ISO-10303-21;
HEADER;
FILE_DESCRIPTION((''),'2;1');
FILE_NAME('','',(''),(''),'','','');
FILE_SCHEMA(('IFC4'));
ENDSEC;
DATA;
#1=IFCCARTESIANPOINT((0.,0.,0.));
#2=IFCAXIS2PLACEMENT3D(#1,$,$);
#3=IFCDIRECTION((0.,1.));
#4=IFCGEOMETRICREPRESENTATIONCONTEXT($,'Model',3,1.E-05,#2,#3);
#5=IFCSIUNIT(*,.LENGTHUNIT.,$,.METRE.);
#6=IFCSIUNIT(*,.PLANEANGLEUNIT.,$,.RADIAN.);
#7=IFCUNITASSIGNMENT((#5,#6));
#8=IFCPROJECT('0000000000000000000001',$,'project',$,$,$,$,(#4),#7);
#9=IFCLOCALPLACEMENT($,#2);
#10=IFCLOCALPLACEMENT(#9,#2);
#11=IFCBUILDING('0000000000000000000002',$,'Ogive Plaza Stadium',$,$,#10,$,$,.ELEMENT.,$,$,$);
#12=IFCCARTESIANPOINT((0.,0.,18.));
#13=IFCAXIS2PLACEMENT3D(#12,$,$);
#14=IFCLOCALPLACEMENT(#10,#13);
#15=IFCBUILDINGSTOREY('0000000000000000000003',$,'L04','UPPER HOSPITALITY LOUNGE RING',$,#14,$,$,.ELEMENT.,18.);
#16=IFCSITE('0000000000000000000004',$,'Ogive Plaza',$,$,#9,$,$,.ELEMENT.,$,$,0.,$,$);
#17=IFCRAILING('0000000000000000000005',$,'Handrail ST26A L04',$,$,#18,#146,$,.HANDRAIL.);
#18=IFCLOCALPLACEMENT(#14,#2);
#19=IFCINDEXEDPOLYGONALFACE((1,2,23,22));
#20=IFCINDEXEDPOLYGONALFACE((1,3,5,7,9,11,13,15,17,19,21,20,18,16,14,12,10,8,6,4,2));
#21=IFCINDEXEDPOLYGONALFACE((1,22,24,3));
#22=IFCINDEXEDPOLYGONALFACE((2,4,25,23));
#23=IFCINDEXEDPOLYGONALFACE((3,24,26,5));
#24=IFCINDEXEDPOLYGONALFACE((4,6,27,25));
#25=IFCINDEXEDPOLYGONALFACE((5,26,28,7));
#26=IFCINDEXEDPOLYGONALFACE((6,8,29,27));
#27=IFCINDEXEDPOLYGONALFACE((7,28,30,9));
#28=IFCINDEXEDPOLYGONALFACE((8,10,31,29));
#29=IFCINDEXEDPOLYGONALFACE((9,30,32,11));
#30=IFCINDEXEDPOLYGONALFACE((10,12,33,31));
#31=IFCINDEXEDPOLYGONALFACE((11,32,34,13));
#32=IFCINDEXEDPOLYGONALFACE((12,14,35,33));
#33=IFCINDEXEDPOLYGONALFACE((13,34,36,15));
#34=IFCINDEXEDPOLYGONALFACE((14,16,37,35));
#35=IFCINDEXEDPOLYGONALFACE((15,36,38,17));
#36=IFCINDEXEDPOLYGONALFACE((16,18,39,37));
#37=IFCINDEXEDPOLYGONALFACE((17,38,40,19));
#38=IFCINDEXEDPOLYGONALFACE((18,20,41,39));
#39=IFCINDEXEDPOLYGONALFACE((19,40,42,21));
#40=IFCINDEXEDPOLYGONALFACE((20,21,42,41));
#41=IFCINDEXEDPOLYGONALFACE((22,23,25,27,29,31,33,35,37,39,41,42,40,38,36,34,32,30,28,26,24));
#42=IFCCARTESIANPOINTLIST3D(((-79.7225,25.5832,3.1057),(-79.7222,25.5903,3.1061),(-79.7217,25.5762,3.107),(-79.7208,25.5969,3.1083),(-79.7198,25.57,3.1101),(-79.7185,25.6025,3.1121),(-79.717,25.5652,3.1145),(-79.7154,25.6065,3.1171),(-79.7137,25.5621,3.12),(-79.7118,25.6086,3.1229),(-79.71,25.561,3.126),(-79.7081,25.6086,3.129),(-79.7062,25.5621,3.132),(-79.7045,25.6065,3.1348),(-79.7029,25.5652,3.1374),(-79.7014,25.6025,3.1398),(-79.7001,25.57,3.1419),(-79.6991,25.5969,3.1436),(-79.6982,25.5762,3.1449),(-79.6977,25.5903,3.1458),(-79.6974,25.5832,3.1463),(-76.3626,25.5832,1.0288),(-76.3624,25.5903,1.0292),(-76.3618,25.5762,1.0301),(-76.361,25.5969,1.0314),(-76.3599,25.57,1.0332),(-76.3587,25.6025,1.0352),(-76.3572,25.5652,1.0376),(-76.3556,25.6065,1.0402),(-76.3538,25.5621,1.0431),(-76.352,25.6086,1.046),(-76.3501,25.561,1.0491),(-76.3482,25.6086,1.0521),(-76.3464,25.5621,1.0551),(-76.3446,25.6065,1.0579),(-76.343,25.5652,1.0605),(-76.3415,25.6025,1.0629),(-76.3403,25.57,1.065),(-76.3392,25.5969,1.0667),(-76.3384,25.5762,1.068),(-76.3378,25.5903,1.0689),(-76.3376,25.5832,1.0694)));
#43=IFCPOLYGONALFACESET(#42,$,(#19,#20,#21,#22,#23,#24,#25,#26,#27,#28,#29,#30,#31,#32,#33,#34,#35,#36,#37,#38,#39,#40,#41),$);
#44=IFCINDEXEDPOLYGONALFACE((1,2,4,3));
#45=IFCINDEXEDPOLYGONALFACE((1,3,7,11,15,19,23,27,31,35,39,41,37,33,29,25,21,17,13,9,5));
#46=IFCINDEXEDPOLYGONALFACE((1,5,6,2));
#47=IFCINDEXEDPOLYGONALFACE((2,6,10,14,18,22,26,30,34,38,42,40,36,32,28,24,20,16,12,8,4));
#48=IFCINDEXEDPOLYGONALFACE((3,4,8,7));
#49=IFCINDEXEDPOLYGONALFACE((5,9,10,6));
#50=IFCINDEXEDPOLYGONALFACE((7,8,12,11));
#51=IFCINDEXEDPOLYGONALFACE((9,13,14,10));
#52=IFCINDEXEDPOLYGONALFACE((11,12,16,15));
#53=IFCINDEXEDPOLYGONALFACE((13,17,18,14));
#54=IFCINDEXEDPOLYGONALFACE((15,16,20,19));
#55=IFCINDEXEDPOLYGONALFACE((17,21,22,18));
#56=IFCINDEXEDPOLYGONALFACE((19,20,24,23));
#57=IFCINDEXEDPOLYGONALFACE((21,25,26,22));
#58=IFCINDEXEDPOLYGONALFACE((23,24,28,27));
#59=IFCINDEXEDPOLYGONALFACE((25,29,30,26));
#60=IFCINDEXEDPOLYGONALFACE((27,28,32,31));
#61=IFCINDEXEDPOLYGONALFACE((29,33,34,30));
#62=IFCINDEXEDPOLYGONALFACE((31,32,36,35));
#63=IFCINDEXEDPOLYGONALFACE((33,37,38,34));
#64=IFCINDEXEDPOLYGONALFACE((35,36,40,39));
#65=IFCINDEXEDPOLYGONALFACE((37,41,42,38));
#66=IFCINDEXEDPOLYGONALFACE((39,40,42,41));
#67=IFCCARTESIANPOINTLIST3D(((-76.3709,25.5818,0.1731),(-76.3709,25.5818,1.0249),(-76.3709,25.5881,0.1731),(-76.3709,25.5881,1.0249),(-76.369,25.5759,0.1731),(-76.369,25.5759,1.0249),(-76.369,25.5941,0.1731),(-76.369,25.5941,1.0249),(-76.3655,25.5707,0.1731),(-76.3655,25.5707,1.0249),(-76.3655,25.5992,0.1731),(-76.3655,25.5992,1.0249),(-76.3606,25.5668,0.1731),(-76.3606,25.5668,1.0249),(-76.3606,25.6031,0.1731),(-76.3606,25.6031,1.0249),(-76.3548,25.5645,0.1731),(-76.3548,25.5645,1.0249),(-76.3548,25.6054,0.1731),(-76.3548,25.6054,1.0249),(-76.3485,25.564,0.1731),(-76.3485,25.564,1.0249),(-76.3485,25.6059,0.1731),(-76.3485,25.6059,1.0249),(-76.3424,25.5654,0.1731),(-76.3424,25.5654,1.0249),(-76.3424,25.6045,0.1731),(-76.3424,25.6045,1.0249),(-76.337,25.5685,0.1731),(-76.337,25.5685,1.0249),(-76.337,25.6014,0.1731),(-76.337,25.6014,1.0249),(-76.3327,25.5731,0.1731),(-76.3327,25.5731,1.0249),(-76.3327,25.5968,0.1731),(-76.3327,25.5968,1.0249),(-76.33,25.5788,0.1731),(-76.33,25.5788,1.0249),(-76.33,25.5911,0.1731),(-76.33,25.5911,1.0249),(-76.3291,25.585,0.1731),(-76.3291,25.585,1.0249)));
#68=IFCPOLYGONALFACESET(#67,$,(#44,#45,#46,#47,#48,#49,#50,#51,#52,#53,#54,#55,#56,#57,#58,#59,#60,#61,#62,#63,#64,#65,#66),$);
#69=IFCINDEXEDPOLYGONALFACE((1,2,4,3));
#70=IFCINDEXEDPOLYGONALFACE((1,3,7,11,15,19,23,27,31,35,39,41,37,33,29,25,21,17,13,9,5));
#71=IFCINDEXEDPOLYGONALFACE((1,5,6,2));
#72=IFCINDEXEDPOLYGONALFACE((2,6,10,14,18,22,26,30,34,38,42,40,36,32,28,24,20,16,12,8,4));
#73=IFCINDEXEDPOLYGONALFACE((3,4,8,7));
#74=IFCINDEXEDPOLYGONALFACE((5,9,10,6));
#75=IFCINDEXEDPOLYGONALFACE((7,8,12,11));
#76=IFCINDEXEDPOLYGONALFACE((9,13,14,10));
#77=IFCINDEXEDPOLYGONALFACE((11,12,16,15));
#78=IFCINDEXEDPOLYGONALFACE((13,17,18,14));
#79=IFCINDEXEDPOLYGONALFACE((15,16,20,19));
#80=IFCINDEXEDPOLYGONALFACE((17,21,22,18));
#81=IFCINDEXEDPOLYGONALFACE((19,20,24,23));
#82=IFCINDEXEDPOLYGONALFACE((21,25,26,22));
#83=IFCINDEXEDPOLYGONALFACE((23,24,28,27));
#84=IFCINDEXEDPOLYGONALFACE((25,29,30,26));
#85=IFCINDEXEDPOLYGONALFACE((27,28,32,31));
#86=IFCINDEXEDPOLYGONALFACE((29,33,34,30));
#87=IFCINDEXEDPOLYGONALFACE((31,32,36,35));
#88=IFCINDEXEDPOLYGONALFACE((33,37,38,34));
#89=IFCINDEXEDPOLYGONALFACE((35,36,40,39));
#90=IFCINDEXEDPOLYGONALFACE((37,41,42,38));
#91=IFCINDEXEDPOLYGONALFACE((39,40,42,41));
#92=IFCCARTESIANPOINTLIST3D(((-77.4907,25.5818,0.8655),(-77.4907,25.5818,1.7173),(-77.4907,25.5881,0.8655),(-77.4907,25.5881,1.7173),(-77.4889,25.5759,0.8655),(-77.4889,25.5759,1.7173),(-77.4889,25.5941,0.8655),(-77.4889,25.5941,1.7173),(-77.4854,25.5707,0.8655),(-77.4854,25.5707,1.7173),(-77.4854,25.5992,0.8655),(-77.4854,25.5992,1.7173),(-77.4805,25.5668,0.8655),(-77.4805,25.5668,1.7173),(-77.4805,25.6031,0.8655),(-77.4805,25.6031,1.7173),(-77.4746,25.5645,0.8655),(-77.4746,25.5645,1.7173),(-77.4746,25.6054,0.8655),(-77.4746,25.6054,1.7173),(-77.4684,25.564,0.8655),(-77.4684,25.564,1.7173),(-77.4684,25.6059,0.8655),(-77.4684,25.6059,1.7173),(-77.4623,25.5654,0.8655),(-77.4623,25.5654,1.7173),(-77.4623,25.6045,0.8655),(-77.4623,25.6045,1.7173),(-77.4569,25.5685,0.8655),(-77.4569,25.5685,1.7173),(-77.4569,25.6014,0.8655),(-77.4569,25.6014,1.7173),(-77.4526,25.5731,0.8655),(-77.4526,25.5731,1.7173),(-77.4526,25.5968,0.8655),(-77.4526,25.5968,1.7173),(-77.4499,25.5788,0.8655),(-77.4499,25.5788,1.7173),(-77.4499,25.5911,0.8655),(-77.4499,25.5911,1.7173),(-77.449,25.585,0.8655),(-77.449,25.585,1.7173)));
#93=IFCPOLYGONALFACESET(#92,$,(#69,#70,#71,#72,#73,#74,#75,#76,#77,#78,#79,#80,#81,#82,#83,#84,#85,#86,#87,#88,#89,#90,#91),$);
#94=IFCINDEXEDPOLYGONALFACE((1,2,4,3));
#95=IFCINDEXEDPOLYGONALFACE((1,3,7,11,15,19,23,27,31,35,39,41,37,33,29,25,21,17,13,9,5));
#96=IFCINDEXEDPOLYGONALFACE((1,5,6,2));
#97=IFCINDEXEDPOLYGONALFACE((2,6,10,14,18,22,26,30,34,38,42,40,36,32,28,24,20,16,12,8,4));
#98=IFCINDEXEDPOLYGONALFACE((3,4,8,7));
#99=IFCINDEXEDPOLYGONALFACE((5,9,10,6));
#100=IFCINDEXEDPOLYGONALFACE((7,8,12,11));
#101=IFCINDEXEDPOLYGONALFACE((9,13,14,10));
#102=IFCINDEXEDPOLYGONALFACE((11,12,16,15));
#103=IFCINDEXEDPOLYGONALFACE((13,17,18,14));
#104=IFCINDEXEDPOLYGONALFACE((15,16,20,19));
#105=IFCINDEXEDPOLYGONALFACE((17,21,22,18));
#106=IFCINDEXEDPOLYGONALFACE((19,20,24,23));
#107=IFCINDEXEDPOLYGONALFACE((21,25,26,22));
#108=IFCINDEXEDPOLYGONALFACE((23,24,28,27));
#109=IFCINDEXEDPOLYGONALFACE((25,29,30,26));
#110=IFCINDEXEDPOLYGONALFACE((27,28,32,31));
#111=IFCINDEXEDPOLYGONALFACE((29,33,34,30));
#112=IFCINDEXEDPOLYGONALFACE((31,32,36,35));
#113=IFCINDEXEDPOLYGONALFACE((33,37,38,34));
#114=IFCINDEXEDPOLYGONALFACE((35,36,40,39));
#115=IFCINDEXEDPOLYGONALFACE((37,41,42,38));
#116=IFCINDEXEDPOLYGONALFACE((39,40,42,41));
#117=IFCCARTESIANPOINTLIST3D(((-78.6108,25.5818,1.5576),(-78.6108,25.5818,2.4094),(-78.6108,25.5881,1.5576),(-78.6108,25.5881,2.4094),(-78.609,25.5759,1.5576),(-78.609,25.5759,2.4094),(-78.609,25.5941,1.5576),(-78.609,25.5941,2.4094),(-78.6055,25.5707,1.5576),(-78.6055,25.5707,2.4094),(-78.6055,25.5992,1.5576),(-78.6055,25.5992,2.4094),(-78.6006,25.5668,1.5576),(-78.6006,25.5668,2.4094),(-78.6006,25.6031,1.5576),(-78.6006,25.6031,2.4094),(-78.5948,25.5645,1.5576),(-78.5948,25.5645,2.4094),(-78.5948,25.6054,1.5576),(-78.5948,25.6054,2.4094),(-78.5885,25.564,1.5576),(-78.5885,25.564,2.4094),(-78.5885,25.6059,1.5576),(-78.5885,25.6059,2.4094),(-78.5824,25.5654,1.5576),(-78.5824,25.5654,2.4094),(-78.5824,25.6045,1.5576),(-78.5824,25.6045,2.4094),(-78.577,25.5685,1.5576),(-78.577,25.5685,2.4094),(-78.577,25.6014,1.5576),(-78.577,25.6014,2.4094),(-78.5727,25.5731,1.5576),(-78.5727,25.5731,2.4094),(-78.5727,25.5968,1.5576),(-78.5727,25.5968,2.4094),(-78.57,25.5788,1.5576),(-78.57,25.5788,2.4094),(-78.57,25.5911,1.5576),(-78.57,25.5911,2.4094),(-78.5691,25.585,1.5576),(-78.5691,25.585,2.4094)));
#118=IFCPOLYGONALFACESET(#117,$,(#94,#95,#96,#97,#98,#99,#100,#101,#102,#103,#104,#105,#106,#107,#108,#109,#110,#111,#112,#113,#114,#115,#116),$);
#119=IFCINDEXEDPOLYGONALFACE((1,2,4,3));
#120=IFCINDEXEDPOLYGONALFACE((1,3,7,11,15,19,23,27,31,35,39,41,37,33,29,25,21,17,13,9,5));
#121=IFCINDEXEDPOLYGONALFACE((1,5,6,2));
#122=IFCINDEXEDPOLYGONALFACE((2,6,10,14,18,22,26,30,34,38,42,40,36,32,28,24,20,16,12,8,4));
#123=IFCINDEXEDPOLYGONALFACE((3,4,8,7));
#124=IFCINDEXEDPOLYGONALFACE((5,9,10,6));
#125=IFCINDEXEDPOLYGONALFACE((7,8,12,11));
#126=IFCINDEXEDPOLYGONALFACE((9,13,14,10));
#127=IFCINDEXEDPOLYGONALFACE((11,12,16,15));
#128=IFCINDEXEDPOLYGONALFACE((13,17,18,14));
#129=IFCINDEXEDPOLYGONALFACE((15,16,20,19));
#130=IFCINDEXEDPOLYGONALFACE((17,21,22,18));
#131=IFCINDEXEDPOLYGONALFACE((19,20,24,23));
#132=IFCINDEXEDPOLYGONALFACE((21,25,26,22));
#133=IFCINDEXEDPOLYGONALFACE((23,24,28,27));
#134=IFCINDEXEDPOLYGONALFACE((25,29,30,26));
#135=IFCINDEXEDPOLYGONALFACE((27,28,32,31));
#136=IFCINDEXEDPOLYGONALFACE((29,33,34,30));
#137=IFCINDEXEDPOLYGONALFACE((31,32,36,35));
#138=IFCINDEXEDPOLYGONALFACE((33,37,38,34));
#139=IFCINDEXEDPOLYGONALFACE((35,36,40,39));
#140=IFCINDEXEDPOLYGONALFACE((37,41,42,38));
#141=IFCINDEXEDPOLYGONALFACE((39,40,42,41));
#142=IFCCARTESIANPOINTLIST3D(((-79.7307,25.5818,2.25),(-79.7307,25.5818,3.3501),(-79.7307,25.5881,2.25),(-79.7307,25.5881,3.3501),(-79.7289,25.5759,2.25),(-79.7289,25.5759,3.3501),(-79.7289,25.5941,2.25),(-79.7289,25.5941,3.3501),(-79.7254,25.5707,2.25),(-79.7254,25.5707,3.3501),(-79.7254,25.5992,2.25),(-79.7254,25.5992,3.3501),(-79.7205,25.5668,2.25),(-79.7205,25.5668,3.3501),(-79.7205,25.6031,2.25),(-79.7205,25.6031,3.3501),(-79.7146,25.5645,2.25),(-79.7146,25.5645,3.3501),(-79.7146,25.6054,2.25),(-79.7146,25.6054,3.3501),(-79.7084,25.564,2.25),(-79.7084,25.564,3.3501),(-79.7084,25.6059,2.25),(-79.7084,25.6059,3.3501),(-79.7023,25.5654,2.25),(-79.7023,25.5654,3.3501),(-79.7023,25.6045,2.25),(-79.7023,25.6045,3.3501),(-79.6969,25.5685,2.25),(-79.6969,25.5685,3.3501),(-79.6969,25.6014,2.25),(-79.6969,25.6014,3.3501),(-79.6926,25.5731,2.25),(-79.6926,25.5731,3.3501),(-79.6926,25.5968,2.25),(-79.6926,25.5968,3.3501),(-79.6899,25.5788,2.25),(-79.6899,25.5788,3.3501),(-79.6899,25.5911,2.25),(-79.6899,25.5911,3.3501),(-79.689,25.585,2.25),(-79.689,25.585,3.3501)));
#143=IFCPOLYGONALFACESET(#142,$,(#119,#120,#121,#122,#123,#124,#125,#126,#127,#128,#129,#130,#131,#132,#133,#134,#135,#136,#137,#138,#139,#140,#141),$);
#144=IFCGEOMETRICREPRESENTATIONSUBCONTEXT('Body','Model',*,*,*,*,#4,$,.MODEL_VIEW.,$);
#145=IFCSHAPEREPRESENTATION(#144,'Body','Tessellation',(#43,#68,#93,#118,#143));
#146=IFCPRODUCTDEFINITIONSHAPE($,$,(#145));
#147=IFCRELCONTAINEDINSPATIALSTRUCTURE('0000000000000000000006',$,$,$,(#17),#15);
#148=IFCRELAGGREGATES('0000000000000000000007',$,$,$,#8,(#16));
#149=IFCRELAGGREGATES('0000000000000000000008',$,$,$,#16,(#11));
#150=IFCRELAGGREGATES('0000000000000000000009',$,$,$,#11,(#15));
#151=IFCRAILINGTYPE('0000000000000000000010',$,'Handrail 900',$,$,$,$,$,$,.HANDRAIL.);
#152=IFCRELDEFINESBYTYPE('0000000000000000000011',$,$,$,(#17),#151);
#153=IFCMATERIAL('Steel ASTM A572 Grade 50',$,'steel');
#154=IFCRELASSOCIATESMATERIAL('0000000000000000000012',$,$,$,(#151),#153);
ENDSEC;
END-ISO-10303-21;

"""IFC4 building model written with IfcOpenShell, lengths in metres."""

from ifc_helpers import new_model, si_unit, direction, frame, origin, origin_2d, place, context, subcontext, project, spatial, circle, extrude, material, type_object, element, save


model = new_model("IFC4")

# Units and contexts
model_context = context("Model", 3, precision=1e-05, world=origin(), true_north=direction((0.0, 1.0)))
body_context = subcontext(model_context, "Body", "Model", "MODEL_VIEW")
ifc_project = project(units=[si_unit("LENGTHUNIT", "METRE"), si_unit("PLANEANGLEUNIT", "RADIAN")], contexts=[model_context])

# Site, building, storey
site_placement = place(None, origin())
site = spatial("IfcSite", under=ifc_project, at=site_placement, Name="Ogive Plaza", CompositionType="ELEMENT", RefElevation=0.0)
building_placement = place(site_placement, origin())
building = spatial("IfcBuilding", under=site, at=building_placement, Name="Ogive Plaza Stadium", CompositionType="ELEMENT")
storey_placement = place(building_placement, frame((0.0, 0.0, 18.0)))
storey = spatial("IfcBuildingStorey", under=building, at=storey_placement, Name="L04", Description="UPPER HOSPITALITY LOUNGE RING", CompositionType="ELEMENT", Elevation=18.0)

# Railing
ifc_material_1 = material(Name="Steel ASTM A572 Grade 50", Category="steel")
railing_type_1 = type_object("IfcRailingType", Name="Handrail 900", PredefinedType="HANDRAIL", material=ifc_material_1)
for number, where, name in (
    (1, (-76.3501, 25.585, 0.1731), "Handrail ST26A L04"),
):
    element("IfcRailing", number, at=place(storey_placement, frame(where)), inside=storey, type_object=railing_type_1, Name=name, PredefinedType="HANDRAIL", context=body_context, shape_type="SweptSolid", body=[
        extrude(circle(Radius=0.0239, at=origin_2d()), frame((0.0, 0.0, 0.876), z_axis=(-0.850606, 0.0, 0.525803), x_axis=(0.0, -1.0, 0.0)), (0.0, 0.0, 1.0), 3.95),
        extrude(circle(Radius=0.021, at=origin_2d()), origin(), (0.0, 0.0, 1.0), 0.8518),
        extrude(circle(Radius=0.021, at=origin_2d()), frame((-1.1199, 0.0, 0.6924)), (0.0, 0.0, 1.0), 0.8518),
        extrude(circle(Radius=0.021, at=origin_2d()), frame((-2.24, 0.0, 1.3845)), (0.0, 0.0, 1.0), 0.8518),
        extrude(circle(Radius=0.021, at=origin_2d()), frame((-3.3599, 0.0, 2.0769)), (0.0, 0.0, 1.0), 1.1001),
    ])

save(model, "model.ifc")
